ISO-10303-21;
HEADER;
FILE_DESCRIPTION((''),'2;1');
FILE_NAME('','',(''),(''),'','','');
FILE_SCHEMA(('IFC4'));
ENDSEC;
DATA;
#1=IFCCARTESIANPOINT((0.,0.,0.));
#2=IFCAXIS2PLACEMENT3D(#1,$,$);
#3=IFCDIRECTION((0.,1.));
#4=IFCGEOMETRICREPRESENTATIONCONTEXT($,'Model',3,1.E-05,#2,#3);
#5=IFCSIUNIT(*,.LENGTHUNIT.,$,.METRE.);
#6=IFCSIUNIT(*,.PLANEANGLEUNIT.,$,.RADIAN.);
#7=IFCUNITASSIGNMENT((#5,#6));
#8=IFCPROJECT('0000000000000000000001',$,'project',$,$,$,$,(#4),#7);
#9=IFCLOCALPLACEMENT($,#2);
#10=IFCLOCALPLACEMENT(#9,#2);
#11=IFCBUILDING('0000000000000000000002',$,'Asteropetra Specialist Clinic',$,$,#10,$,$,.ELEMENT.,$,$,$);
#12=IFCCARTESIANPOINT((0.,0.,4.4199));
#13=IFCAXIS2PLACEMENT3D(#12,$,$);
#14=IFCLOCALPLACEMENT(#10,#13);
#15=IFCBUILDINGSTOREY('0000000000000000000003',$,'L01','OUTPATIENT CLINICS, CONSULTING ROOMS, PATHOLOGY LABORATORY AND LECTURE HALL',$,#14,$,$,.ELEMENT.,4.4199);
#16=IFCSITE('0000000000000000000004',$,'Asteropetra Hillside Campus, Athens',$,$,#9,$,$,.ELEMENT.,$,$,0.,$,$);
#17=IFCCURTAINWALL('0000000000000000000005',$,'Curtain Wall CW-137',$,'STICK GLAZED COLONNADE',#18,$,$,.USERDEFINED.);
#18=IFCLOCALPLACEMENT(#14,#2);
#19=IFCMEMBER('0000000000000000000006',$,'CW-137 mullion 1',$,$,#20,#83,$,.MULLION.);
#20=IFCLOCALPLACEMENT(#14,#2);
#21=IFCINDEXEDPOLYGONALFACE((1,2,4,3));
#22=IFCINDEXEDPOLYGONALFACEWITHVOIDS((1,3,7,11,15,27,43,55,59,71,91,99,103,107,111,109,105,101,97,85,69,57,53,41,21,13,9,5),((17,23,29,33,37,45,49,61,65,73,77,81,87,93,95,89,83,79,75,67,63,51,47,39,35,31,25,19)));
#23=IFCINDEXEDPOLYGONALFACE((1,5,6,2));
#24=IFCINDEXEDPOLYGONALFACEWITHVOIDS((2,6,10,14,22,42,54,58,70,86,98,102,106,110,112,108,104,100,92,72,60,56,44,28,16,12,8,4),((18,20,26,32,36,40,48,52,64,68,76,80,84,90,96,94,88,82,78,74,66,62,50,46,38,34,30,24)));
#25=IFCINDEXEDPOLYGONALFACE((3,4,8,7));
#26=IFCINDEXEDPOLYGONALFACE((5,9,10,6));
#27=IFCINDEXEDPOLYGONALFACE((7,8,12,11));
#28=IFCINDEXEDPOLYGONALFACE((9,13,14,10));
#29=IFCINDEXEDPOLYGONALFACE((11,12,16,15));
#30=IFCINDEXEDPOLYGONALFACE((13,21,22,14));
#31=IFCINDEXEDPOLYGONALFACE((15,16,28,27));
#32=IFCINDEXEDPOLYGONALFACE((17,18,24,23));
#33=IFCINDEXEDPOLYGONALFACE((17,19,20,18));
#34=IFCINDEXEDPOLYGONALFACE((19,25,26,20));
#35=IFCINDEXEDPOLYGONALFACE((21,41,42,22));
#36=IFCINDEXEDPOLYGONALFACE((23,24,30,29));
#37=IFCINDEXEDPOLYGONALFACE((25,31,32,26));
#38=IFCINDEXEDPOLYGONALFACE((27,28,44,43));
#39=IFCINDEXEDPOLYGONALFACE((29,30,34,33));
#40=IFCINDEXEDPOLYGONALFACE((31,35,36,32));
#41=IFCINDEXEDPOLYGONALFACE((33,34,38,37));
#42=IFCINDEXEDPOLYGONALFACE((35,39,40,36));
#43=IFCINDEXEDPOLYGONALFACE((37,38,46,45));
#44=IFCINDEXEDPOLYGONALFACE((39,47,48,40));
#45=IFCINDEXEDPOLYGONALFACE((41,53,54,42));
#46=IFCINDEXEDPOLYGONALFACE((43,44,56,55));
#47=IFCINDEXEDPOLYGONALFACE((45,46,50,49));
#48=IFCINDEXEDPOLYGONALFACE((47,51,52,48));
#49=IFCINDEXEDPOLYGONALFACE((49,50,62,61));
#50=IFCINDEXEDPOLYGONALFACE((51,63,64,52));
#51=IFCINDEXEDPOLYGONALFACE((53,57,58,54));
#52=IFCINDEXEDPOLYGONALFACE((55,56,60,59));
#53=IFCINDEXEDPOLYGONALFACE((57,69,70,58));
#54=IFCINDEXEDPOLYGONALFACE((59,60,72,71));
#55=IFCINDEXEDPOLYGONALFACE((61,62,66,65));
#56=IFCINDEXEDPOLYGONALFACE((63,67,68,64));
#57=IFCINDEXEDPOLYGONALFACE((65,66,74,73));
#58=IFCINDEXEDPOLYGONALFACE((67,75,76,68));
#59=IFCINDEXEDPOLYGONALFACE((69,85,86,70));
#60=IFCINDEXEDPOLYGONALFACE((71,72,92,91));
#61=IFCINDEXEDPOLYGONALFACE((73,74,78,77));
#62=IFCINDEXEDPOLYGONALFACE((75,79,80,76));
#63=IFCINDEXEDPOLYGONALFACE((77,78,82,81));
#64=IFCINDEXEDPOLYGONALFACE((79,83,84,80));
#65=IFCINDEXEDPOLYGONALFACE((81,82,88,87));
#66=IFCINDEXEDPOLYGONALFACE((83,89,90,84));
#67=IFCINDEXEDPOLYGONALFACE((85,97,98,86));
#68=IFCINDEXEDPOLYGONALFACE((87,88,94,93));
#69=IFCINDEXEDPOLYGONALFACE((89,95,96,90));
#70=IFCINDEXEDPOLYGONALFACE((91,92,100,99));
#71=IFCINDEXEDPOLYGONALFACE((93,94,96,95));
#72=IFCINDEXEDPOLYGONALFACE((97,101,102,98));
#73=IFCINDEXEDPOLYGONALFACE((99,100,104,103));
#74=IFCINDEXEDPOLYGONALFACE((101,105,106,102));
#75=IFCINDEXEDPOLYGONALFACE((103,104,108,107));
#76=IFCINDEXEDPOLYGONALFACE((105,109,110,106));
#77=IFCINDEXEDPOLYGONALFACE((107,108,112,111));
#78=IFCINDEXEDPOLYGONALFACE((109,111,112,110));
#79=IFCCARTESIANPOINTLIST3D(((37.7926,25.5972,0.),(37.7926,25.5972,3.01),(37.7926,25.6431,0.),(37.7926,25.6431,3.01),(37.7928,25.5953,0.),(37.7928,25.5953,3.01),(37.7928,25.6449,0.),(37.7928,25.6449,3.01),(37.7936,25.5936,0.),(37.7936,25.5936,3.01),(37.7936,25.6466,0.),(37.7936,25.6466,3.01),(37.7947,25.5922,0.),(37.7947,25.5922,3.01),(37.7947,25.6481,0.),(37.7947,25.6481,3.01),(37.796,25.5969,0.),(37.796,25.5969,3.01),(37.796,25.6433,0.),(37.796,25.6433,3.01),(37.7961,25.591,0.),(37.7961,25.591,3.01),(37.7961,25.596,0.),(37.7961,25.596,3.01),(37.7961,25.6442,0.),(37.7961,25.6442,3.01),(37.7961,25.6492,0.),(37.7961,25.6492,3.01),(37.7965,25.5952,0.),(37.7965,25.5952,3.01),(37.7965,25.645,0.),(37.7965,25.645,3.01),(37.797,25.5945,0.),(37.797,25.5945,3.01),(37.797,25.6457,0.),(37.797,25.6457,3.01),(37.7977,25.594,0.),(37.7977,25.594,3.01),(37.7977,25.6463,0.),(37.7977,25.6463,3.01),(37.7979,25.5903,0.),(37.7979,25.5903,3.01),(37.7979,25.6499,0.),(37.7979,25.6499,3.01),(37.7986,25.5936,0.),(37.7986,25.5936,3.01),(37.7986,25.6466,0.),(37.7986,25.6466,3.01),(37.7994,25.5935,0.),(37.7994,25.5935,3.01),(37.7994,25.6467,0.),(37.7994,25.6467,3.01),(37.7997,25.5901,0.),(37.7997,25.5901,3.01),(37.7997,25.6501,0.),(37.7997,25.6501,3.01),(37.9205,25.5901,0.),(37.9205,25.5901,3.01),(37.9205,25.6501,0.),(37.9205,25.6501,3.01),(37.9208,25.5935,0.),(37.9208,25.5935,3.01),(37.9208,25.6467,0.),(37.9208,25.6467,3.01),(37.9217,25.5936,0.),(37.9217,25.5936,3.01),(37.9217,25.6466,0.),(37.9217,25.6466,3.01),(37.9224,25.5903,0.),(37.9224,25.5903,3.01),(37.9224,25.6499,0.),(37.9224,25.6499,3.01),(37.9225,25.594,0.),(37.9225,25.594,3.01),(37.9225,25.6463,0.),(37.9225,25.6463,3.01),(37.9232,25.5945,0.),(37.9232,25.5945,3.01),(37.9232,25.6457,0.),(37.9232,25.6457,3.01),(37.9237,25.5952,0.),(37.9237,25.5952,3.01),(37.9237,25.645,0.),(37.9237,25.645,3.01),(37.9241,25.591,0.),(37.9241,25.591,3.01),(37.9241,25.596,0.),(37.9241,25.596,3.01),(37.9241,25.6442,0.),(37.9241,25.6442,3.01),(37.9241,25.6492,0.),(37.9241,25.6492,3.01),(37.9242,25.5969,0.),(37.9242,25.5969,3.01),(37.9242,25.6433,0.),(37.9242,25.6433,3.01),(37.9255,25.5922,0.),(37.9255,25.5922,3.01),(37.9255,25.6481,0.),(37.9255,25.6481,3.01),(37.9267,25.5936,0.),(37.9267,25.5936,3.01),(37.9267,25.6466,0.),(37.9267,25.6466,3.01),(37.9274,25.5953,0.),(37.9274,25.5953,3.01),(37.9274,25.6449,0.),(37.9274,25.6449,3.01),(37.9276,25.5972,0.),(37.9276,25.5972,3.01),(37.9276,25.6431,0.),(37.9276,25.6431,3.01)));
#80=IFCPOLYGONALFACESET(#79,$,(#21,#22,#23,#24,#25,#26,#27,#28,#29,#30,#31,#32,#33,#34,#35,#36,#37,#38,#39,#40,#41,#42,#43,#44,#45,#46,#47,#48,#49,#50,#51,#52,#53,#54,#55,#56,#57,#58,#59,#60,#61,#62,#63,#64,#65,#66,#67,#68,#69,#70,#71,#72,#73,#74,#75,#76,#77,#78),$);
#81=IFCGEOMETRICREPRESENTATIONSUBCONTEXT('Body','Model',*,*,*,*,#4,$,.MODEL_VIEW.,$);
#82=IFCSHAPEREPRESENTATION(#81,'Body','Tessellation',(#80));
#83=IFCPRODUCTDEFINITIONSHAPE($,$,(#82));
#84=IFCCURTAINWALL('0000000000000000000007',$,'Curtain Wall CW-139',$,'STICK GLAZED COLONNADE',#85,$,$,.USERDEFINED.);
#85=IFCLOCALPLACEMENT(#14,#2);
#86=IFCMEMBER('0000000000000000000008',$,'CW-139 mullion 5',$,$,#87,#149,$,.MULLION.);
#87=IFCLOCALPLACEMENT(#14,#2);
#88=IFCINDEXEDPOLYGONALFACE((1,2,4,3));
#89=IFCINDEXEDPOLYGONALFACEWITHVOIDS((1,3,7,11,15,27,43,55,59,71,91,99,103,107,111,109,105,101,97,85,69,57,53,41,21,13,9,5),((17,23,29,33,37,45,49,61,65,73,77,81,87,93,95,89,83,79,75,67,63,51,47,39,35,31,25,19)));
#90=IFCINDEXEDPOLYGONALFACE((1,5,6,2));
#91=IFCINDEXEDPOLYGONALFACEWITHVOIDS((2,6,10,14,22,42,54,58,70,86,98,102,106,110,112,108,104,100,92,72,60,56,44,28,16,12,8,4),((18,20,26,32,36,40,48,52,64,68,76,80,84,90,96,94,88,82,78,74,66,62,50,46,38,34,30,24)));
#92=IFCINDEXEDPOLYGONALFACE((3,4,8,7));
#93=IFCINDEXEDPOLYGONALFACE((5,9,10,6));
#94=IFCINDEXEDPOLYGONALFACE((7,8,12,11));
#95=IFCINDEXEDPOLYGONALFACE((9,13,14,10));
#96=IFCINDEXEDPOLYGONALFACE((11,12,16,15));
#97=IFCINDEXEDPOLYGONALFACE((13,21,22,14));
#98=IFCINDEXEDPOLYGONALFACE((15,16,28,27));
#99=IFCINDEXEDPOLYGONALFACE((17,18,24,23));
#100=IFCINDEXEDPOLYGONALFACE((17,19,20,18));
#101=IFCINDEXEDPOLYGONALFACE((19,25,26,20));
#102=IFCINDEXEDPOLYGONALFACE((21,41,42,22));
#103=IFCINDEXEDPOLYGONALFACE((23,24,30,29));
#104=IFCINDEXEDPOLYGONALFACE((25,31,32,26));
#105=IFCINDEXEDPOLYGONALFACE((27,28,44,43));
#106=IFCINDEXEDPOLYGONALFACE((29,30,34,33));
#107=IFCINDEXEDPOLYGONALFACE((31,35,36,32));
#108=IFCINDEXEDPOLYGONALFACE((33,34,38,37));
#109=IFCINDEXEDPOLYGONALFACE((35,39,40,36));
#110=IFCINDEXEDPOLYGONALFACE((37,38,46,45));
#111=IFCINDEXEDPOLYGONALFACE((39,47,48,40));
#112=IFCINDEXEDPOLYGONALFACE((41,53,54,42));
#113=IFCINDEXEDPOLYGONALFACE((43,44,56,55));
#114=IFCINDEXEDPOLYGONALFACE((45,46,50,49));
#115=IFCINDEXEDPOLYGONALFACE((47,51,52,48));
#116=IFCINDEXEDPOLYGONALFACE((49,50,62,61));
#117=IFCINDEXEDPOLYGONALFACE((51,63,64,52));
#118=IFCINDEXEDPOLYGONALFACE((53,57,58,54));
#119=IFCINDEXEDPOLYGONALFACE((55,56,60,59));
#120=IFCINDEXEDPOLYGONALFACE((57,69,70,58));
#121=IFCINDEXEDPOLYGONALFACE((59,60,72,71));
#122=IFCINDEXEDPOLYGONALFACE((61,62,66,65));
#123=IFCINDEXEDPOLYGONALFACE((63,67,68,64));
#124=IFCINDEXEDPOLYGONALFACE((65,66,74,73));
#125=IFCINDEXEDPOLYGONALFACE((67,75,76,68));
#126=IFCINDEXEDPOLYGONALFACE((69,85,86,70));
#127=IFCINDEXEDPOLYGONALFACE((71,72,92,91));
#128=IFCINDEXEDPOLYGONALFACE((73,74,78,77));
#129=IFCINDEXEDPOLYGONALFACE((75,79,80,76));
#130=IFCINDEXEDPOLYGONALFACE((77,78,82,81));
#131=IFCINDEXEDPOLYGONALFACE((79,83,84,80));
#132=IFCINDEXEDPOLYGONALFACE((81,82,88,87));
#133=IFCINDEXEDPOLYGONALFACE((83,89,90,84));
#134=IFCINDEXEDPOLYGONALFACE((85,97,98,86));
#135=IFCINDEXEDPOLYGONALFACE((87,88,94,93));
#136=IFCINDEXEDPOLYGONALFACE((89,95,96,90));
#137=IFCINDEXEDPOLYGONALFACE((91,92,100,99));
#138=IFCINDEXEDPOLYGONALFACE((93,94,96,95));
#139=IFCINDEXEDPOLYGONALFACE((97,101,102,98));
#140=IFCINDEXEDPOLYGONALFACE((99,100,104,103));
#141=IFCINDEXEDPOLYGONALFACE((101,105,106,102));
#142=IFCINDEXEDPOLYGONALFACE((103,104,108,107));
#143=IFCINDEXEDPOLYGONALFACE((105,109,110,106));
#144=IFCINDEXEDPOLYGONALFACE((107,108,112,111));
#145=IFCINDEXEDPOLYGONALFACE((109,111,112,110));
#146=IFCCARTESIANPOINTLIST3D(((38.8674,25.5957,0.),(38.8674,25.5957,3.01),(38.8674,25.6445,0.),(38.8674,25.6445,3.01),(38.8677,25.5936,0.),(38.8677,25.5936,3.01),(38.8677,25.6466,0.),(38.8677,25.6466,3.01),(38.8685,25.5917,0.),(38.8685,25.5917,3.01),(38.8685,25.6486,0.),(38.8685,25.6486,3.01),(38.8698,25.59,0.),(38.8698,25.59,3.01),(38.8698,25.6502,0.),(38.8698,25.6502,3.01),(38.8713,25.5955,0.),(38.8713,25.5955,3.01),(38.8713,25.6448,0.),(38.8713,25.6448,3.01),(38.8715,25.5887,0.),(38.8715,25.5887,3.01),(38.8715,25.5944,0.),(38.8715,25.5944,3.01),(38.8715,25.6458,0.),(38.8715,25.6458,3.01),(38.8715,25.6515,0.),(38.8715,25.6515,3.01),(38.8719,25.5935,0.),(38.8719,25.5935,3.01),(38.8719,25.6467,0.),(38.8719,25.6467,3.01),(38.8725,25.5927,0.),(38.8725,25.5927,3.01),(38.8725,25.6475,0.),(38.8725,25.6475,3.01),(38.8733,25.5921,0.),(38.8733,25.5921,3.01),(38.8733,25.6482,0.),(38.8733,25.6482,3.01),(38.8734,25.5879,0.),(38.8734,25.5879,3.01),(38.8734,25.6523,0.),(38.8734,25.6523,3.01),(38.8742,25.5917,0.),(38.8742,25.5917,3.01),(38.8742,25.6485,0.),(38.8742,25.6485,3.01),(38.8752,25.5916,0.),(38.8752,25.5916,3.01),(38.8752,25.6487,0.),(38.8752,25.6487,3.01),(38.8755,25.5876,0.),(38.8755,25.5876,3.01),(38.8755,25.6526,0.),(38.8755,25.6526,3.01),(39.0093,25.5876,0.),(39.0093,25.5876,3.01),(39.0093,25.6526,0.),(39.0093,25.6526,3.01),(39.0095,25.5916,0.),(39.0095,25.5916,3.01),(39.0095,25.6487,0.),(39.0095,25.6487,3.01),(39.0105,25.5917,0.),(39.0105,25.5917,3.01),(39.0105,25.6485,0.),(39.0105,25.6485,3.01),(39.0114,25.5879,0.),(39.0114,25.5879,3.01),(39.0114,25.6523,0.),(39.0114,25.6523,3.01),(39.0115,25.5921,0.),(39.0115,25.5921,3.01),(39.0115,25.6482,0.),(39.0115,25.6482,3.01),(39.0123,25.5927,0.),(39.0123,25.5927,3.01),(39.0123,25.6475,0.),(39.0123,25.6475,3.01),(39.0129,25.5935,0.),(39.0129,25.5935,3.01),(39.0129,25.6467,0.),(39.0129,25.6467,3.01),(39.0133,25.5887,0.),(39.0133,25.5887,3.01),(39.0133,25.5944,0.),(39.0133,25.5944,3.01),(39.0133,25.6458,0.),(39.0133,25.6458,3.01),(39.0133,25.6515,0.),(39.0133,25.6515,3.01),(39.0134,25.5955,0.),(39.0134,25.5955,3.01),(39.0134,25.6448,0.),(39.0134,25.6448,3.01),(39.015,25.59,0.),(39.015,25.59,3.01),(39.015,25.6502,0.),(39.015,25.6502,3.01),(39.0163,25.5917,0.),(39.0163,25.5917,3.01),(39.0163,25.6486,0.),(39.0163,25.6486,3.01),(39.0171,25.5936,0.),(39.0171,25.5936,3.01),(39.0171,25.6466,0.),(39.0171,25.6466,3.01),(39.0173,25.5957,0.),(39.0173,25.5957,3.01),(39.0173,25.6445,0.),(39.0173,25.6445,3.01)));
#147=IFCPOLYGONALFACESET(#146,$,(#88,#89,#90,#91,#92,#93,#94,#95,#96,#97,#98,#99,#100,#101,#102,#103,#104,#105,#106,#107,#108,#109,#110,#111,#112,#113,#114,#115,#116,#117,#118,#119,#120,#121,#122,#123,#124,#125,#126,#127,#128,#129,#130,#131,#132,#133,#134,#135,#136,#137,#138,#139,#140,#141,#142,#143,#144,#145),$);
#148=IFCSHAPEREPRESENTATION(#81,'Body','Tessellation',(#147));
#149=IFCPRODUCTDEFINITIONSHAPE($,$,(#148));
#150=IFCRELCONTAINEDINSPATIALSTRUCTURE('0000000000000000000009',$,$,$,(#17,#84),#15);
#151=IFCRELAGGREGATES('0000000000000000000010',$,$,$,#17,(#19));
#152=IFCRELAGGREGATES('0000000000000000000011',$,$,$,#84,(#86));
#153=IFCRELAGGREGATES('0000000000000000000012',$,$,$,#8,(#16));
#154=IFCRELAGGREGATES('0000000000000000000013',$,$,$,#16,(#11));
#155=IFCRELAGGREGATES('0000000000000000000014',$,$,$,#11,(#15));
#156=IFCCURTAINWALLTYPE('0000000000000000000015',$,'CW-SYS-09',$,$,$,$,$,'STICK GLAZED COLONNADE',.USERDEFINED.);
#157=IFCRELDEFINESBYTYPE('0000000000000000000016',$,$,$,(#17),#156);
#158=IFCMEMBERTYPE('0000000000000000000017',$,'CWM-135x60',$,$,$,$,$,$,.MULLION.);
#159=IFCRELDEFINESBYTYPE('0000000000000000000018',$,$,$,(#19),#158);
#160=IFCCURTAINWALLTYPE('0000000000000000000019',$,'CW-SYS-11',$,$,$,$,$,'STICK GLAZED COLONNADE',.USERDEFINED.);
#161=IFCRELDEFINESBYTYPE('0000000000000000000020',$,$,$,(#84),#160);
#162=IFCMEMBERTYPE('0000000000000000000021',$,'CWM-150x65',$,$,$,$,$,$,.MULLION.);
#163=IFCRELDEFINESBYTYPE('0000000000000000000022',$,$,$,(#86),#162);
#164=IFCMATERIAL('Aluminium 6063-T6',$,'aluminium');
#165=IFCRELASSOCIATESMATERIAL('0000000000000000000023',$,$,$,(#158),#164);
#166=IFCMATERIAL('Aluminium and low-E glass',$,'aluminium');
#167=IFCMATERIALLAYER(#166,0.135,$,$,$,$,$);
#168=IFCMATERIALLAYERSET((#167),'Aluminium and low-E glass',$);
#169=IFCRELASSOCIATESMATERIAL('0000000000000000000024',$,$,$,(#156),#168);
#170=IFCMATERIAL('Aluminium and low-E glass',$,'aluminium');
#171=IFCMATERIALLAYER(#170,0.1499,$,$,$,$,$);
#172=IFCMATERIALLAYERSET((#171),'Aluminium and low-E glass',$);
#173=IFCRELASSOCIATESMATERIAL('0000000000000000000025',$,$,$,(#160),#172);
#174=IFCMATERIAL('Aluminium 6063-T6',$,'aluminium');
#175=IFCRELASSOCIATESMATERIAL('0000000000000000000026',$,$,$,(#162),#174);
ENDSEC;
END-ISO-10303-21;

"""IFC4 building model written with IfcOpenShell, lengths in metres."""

from ifc_helpers import new_model, si_unit, direction, frame, origin, origin_2d, place, context, subcontext, project, spatial, hollow_rectangle, extrude, material, layer, layer_set, material_profile, profile_set, type_object, element, aggregate, save


model = new_model("IFC4")

# Units and contexts
model_context = context("Model", 3, precision=1e-05, world=origin(), true_north=direction((0.0, 1.0)))
body_context = subcontext(model_context, "Body", "Model", "MODEL_VIEW")
ifc_project = project(units=[si_unit("LENGTHUNIT", "METRE"), si_unit("PLANEANGLEUNIT", "RADIAN")], contexts=[model_context])

# Site, building, storey
site_placement = place(None, origin())
site = spatial("IfcSite", under=ifc_project, at=site_placement, Name="Asteropetra Hillside Campus, Athens", CompositionType="ELEMENT", RefElevation=0.0)
building_placement = place(site_placement, origin())
building = spatial("IfcBuilding", under=site, at=building_placement, Name="Asteropetra Specialist Clinic", CompositionType="ELEMENT")
storey_placement = place(building_placement, frame((0.0, 0.0, 4.4199)))
storey = spatial("IfcBuildingStorey", under=building, at=storey_placement, Name="L01", Description="OUTPATIENT CLINICS, CONSULTING ROOMS, PATHOLOGY LABORATORY AND LECTURE HALL", CompositionType="ELEMENT", Elevation=4.4199)

# Curtain walls, members
ifc_material_1 = material(Name="Aluminium 6063-T6", Category="aluminium")
ifc_material_profile_1 = material_profile(ifc_material_1, hollow_rectangle(XDim=0.0601, YDim=0.135, WallThickness=0.0034, InnerFilletRadius=0.0034, OuterFilletRadius=0.0071, at=origin_2d()), Name="MUL 135x60x3.5")
ifc_profile_set_1 = profile_set([ifc_material_profile_1], Name="Aluminium 6063-T6")
member_type_1 = type_object("IfcMemberType", Name="CWM-135x60", PredefinedType="MULLION", material=ifc_profile_set_1)
ifc_material_2 = material(Name="Aluminium and low-E glass", Category="aluminium")
ifc_layer_1 = layer(ifc_material_2, 0.135)
ifc_layer_set_1 = layer_set([ifc_layer_1], Name="Aluminium and low-E glass")
curtain_wall_type_1 = type_object("IfcCurtainWallType", Name="CW-SYS-09", ElementType="STICK GLAZED COLONNADE", PredefinedType="USERDEFINED", material=ifc_layer_set_1)
curtain_wall_1_placement = place(storey_placement, origin())
curtain_wall_1 = element("IfcCurtainWall", 1, at=curtain_wall_1_placement, inside=storey, type_object=curtain_wall_type_1, Name="Curtain Wall CW-137", ObjectType="STICK GLAZED COLONNADE", PredefinedType="USERDEFINED")
member_1_placement = place(storey_placement, frame((37.8601, 25.6201, 0.0), z_axis=(0.0, 0.0, 1.0), x_axis=(0.0, -1.0, 0.0)))
member_1 = element("IfcMember", 2, at=member_1_placement, type_object=member_type_1, Name="CW-137 mullion 1", PredefinedType="MULLION", context=body_context, shape_type="SweptSolid", body=[
    extrude(hollow_rectangle(XDim=0.0601, YDim=0.135, WallThickness=0.0034, InnerFilletRadius=0.0034, OuterFilletRadius=0.0071, at=origin_2d()), origin(), (0.0, 0.0, 1.0), 3.01),
])
ifc_material_3 = material(Name="Aluminium and low-E glass", Category="aluminium")
ifc_layer_2 = layer(ifc_material_3, 0.1499)
ifc_layer_set_2 = layer_set([ifc_layer_2], Name="Aluminium and low-E glass")
curtain_wall_type_2 = type_object("IfcCurtainWallType", Name="CW-SYS-11", ElementType="STICK GLAZED COLONNADE", PredefinedType="USERDEFINED", material=ifc_layer_set_2)
curtain_wall_2_placement = place(storey_placement, origin())
curtain_wall_2 = element("IfcCurtainWall", 3, at=curtain_wall_2_placement, inside=storey, type_object=curtain_wall_type_2, Name="Curtain Wall CW-139", ObjectType="STICK GLAZED COLONNADE", PredefinedType="USERDEFINED")
ifc_material_4 = material(Name="Aluminium 6063-T6", Category="aluminium")
ifc_material_profile_2 = material_profile(ifc_material_4, hollow_rectangle(XDim=0.0649, YDim=0.1499, WallThickness=0.0039, InnerFilletRadius=0.0039, OuterFilletRadius=0.0081, at=origin_2d()), Name="MUL 150x65x4.0")
ifc_profile_set_2 = profile_set([ifc_material_profile_2], Name="Aluminium 6063-T6")
member_type_2 = type_object("IfcMemberType", Name="CWM-150x65", PredefinedType="MULLION", material=ifc_profile_set_2)
member_2_placement = place(storey_placement, frame((38.9424, 25.6201, 0.0), z_axis=(0.0, 0.0, 1.0), x_axis=(0.0, -1.0, 0.0)))
member_2 = element("IfcMember", 4, at=member_2_placement, type_object=member_type_2, Name="CW-139 mullion 5", PredefinedType="MULLION", context=body_context, shape_type="SweptSolid", body=[
    extrude(hollow_rectangle(XDim=0.0649, YDim=0.1499, WallThickness=0.0039, InnerFilletRadius=0.0039, OuterFilletRadius=0.0081, at=origin_2d()), origin(), (0.0, 0.0, 1.0), 3.01),
])

aggregate(curtain_wall_1, [member_1])

aggregate(curtain_wall_2, [member_2])

save(model, "model.ifc")
